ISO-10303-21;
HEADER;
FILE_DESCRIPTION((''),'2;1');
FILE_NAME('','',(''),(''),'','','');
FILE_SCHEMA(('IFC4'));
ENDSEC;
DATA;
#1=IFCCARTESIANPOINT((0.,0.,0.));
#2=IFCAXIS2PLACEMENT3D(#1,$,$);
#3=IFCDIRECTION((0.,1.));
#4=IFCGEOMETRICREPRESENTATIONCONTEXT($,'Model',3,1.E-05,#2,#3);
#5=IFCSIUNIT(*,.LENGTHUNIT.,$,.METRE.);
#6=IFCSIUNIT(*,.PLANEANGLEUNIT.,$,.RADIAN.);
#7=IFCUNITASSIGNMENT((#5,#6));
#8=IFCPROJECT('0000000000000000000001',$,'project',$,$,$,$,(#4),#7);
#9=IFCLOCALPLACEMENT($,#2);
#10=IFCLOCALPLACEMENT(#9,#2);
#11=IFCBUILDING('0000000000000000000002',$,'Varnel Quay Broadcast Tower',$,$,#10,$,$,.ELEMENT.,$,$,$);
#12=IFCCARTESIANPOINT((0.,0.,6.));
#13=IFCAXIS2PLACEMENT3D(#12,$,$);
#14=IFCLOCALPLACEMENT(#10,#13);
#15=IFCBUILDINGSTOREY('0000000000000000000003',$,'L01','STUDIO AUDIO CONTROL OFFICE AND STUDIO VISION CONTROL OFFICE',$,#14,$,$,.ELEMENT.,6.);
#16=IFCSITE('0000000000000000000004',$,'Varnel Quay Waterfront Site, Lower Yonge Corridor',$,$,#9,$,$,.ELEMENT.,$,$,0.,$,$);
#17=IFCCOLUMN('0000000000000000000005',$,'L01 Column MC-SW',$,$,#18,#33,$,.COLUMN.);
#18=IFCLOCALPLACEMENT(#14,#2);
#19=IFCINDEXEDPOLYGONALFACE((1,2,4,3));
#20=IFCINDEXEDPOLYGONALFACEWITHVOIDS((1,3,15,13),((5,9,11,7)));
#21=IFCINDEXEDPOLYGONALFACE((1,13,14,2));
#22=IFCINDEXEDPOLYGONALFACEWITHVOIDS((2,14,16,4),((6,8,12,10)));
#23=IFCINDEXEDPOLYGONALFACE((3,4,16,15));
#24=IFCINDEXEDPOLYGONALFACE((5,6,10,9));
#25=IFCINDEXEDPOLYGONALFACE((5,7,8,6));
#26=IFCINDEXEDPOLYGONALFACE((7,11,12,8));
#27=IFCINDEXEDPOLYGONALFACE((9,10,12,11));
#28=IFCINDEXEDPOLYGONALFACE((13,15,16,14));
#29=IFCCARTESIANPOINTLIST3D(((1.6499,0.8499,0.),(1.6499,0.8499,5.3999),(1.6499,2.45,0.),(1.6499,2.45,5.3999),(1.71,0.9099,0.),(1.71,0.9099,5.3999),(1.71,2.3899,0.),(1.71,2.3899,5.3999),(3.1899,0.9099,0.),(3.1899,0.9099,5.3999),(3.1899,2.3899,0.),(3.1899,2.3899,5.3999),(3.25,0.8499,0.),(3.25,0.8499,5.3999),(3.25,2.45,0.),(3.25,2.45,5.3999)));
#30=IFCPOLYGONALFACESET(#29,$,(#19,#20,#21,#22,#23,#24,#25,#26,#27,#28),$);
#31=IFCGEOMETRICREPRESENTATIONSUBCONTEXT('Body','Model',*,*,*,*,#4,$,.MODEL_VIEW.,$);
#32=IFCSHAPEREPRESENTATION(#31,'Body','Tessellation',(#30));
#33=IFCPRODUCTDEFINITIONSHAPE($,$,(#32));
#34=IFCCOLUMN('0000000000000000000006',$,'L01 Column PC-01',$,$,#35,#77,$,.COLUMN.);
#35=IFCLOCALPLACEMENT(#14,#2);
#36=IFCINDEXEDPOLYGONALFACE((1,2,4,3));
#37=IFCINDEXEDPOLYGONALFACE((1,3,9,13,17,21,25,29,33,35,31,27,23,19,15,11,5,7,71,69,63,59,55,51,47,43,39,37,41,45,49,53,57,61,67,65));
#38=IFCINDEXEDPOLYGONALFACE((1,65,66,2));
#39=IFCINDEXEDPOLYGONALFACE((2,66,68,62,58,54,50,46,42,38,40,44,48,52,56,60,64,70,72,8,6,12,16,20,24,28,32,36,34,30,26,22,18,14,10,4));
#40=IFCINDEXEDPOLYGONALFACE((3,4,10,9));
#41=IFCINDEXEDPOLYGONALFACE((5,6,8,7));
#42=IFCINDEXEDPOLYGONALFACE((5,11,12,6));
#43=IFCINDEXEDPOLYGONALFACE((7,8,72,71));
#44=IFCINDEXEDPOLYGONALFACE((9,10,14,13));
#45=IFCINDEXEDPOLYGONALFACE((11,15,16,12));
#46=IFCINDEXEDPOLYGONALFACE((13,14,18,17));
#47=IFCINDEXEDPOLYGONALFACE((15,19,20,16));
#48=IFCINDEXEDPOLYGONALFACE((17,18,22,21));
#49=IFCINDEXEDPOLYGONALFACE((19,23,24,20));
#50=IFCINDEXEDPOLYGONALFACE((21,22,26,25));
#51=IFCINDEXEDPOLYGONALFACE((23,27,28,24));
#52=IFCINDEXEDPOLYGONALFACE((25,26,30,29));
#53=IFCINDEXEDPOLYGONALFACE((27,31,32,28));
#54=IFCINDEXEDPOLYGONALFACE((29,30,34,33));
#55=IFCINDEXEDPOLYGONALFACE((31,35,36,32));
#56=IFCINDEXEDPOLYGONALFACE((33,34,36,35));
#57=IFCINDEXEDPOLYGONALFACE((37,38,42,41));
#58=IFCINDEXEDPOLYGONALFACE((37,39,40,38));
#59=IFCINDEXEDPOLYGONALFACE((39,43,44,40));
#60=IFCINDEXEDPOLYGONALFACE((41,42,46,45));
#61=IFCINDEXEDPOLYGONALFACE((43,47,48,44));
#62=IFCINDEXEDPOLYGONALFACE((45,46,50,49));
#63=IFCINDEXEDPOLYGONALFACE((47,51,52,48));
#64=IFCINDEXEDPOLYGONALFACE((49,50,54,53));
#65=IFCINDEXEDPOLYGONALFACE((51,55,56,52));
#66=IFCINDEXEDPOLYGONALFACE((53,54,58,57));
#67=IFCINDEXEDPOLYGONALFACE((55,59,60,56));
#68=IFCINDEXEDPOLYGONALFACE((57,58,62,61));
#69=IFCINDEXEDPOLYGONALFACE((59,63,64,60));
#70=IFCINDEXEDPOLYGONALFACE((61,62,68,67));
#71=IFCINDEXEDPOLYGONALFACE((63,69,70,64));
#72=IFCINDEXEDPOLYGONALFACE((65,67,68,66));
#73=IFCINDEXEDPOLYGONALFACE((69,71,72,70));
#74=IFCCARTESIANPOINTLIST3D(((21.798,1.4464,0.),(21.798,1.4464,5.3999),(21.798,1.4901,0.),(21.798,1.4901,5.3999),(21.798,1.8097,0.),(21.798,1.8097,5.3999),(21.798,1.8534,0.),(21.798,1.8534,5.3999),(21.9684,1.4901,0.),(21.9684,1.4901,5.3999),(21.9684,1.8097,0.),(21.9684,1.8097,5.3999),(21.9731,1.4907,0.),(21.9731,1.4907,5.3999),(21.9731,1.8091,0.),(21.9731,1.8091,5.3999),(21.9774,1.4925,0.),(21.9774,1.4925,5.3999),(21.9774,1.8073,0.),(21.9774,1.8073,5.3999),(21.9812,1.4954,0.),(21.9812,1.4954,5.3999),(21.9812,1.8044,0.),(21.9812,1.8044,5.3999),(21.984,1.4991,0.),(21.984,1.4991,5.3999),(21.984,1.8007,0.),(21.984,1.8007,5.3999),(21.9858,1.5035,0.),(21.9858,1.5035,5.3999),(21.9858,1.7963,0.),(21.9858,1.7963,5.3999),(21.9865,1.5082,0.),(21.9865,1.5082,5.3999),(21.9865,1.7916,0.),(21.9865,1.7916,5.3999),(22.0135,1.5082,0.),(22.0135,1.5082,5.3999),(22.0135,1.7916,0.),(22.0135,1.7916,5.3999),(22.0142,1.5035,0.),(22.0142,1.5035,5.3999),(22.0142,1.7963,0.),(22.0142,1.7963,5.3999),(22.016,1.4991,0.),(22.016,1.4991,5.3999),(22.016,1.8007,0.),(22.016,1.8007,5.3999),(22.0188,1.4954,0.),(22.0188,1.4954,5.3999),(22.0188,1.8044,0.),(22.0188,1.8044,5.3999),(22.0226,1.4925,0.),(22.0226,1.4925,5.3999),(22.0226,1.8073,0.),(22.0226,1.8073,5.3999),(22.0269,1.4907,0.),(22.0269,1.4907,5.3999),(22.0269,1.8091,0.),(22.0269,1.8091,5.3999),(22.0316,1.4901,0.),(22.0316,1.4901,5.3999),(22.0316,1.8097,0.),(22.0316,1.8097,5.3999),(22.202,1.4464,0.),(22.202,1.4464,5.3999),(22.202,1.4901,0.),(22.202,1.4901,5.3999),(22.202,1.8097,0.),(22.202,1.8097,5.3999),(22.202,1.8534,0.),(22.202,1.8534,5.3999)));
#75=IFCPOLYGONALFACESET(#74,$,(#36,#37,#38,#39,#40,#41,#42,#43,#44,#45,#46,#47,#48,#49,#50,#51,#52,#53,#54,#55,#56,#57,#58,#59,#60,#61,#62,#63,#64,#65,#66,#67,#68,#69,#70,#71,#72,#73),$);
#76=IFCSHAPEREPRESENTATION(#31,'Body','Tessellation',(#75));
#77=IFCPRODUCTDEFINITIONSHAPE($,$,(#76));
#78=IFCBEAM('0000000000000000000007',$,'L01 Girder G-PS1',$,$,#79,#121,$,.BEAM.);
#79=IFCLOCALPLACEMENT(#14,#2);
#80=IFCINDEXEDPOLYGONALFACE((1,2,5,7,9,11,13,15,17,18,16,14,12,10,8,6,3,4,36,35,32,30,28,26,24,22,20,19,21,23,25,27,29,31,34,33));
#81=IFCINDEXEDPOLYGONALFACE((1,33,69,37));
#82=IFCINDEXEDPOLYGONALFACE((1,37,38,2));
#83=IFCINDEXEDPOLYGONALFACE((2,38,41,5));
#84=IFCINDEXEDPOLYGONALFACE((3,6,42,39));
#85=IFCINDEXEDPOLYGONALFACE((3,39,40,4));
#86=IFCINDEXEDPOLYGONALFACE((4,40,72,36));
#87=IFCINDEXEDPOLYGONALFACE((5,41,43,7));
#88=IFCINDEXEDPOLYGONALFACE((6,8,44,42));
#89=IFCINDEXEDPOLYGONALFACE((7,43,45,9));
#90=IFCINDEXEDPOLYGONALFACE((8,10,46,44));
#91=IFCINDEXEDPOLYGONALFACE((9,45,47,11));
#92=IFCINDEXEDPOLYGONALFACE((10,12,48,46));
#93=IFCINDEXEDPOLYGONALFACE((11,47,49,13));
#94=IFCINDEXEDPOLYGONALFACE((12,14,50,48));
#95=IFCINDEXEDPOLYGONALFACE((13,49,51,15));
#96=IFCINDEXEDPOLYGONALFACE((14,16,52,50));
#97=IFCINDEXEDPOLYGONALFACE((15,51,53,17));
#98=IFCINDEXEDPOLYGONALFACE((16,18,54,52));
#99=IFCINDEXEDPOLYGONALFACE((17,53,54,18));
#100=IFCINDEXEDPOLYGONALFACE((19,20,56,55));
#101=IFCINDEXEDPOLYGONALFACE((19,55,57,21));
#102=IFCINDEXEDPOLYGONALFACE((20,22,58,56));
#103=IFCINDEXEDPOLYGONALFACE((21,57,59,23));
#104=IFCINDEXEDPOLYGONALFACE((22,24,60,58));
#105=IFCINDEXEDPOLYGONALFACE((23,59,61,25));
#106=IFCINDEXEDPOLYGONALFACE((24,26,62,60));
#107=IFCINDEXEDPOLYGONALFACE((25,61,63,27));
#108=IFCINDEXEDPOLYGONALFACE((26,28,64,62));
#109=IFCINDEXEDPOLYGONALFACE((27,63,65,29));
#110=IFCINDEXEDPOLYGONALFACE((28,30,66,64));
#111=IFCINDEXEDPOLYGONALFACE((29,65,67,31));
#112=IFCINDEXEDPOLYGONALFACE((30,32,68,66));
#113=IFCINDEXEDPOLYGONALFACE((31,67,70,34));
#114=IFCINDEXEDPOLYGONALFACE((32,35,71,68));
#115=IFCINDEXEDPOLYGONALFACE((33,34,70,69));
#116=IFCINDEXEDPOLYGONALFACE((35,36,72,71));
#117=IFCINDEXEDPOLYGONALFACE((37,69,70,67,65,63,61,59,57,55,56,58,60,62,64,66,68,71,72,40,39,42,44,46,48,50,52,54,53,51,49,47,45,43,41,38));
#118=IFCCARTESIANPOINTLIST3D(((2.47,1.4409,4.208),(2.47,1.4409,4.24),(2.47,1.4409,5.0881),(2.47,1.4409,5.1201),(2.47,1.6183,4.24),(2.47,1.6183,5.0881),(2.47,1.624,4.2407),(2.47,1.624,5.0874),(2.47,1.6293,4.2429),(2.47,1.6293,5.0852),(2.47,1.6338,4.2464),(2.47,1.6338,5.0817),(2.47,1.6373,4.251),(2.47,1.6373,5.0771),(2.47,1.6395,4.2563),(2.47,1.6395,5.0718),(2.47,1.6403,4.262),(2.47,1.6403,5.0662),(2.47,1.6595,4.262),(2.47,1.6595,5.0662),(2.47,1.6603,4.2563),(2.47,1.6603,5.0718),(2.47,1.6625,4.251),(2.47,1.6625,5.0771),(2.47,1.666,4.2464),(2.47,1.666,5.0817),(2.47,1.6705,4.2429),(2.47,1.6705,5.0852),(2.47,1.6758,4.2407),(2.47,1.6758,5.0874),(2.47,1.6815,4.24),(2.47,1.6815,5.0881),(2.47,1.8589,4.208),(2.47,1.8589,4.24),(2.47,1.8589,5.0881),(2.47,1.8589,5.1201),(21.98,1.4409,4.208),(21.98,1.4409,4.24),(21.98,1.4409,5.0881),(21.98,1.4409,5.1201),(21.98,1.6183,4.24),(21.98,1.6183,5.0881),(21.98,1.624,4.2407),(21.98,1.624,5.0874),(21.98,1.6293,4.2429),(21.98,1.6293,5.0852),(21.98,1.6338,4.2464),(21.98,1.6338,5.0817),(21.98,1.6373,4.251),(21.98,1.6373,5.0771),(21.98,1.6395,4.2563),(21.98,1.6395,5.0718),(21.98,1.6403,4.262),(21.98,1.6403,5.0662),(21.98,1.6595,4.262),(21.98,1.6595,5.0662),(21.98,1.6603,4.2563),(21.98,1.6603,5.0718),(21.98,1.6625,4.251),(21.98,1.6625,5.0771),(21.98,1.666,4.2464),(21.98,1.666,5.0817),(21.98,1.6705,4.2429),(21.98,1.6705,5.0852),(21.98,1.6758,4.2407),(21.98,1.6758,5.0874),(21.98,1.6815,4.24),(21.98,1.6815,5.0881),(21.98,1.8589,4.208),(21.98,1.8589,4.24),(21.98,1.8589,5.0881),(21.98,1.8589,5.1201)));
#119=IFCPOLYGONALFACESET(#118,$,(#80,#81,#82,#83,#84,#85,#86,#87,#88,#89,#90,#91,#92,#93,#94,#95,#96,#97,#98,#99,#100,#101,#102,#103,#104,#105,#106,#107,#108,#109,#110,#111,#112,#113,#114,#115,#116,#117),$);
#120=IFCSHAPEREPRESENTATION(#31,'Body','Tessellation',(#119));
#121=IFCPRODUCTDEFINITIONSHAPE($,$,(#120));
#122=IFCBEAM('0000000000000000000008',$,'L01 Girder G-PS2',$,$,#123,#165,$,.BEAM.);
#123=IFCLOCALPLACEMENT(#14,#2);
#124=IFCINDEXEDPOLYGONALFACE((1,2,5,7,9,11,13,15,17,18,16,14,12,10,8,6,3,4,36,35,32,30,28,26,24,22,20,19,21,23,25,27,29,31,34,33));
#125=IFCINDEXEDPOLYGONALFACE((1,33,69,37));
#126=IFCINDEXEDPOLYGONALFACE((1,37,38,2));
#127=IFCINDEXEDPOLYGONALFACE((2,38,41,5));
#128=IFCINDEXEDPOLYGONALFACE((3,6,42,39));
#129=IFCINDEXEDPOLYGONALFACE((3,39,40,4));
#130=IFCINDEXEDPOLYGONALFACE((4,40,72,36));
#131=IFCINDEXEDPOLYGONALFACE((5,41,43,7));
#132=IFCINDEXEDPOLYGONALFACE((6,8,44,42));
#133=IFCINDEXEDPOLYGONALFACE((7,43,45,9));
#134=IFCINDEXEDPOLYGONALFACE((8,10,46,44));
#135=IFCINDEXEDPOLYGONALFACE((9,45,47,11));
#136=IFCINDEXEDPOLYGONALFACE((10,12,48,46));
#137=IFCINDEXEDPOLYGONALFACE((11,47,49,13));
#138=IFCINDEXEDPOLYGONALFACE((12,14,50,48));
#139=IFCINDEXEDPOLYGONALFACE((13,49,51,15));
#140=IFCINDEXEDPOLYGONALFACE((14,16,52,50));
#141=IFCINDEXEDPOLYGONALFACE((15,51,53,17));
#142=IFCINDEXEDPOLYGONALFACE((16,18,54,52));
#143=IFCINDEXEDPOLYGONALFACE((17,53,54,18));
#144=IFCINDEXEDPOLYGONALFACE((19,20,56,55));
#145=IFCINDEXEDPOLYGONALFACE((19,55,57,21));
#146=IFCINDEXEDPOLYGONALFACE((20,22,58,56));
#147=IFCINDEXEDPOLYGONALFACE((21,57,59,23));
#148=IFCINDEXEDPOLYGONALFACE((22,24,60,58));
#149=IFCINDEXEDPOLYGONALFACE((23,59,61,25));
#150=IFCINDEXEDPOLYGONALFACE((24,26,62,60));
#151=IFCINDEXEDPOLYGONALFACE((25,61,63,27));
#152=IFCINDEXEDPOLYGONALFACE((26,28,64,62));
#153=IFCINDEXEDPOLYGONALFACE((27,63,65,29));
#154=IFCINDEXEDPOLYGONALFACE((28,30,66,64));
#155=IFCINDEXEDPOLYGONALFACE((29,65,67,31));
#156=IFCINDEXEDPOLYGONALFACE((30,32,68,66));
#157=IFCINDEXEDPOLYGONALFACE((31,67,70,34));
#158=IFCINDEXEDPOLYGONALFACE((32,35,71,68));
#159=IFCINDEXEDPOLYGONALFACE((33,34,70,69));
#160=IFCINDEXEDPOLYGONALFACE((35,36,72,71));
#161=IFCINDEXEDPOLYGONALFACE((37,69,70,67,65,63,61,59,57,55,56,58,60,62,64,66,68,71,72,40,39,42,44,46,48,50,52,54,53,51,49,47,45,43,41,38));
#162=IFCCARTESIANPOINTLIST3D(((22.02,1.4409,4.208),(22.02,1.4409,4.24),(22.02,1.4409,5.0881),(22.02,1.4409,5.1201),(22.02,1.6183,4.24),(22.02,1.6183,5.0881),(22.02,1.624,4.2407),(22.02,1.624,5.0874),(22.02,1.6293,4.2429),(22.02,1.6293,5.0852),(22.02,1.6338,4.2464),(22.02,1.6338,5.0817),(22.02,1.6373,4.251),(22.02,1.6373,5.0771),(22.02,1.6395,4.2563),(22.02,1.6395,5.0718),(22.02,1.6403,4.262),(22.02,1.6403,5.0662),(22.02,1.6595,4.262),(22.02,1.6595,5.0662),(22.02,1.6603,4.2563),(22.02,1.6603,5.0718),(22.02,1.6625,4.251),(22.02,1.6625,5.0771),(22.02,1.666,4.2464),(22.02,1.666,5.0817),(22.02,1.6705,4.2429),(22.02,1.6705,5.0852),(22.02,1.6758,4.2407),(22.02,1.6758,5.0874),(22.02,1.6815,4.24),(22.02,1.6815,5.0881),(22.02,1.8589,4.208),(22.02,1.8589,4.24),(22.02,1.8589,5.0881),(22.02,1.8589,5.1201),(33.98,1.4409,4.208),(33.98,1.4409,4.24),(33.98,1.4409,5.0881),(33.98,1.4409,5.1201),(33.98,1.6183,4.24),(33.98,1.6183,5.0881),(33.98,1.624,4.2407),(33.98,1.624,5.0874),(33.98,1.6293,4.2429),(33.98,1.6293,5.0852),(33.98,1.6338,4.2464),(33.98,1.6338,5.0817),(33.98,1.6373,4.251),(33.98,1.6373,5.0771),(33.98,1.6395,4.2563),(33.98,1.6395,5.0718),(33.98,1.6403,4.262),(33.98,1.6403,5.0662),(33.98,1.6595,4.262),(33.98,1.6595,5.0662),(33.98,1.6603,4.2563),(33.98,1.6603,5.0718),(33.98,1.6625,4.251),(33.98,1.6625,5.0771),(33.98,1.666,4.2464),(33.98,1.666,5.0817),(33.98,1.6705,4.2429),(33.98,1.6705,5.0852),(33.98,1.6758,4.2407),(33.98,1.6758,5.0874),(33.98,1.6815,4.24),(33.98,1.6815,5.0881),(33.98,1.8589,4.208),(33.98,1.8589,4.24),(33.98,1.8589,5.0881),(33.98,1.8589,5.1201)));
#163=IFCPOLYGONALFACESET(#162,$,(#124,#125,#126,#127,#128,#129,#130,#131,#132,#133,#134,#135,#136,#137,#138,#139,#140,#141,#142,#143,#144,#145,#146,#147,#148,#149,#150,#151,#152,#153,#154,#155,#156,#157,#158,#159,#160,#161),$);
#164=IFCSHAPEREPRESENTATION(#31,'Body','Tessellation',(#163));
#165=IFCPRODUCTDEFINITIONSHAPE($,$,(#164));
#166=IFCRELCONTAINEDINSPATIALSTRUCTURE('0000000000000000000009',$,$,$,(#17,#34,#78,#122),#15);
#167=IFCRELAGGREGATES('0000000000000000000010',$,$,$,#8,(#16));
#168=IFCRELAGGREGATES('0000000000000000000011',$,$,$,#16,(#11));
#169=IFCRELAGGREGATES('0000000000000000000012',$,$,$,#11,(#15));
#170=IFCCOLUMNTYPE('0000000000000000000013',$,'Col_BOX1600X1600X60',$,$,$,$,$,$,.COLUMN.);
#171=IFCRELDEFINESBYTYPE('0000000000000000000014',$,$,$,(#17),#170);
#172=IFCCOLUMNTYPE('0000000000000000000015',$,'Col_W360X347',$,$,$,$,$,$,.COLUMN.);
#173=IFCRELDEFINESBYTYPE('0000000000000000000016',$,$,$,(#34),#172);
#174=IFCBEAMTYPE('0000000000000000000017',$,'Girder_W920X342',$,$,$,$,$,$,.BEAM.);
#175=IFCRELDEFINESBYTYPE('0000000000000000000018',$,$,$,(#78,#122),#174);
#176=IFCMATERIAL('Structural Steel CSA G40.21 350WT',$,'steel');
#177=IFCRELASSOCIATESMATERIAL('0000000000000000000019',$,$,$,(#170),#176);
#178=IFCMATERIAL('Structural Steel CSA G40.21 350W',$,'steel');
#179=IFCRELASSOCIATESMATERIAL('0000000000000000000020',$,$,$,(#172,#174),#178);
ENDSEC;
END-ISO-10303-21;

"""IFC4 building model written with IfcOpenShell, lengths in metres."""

from ifc_helpers import new_model, si_unit, direction, frame, origin, origin_2d, place, context, subcontext, project, spatial, hollow_rectangle, i_section, extrude, source, transform, mapped, material, material_profile, profile_set, type_object, type_shapes, element, save


model = new_model("IFC4")

# Units and contexts
model_context = context("Model", 3, precision=1e-05, world=origin(), true_north=direction((0.0, 1.0)))
body_context = subcontext(model_context, "Body", "Model", "MODEL_VIEW")
ifc_project = project(units=[si_unit("LENGTHUNIT", "METRE"), si_unit("PLANEANGLEUNIT", "RADIAN")], contexts=[model_context])

# Site, building, storey
site_placement = place(None, origin())
site = spatial("IfcSite", under=ifc_project, at=site_placement, Name="Varnel Quay Waterfront Site, Lower Yonge Corridor", CompositionType="ELEMENT", RefElevation=0.0)
building_placement = place(site_placement, origin())
building = spatial("IfcBuilding", under=site, at=building_placement, Name="Varnel Quay Broadcast Tower", CompositionType="ELEMENT")
storey_placement = place(building_placement, frame((0.0, 0.0, 6.0)))
storey = spatial("IfcBuildingStorey", under=building, at=storey_placement, Name="L01", Description="STUDIO AUDIO CONTROL OFFICE AND STUDIO VISION CONTROL OFFICE", CompositionType="ELEMENT", Elevation=6.0)

# Columns
ifc_material_1 = material(Name="Structural Steel CSA G40.21 350WT", Category="steel")
ifc_material_profile_1 = material_profile(ifc_material_1, hollow_rectangle(XDim=1.6001, YDim=1.6001, WallThickness=0.0601, at=origin_2d()), Name="BOX1600X1600X60")
ifc_profile_set_1 = profile_set([ifc_material_profile_1], Name="Structural Steel CSA G40.21 350WT")
column_type_1 = type_object("IfcColumnType", Name="Col_BOX1600X1600X60", PredefinedType="COLUMN", material=ifc_profile_set_1)
shared_shape_1 = source(origin(), body_context, "Body", "SweptSolid", [
    extrude(hollow_rectangle(XDim=1.6001, YDim=1.6001, WallThickness=0.0601, at=origin_2d()), origin(), (0.0, 0.0, 1.0), 5.3999),
])
type_shapes(column_type_1, [shared_shape_1])
column_1_placement = place(storey_placement, frame((2.45, 1.6499, 0.0), z_axis=(0.0, 0.0, 1.0), x_axis=(1.0, 0.0, 0.0)))
element("IfcColumn", 1, at=column_1_placement, inside=storey, type_object=column_type_1, Name="L01 Column MC-SW", PredefinedType="COLUMN", context=body_context, shape_type="MappedRepresentation", body=[
    mapped(shared_shape_1, transform((0.0, 0.0, 0.0), x_axis=(1.0, 0.0, 0.0), y_axis=(0.0, 1.0, 0.0), z_axis=(0.0, 0.0, 1.0), scale=1.0)),
])
ifc_material_2 = material(Name="Structural Steel CSA G40.21 350W", Category="steel")
ifc_material_profile_2 = material_profile(ifc_material_2, i_section(OverallWidth=0.4041, OverallDepth=0.407, WebThickness=0.0271, FlangeThickness=0.0437, FilletRadius=0.0181, at=origin_2d()), Name="W360X347")
ifc_profile_set_2 = profile_set([ifc_material_profile_2], Name="Structural Steel CSA G40.21 350W")
column_type_2 = type_object("IfcColumnType", Name="Col_W360X347", PredefinedType="COLUMN", material=ifc_profile_set_2)
shared_shape_2 = source(origin(), body_context, "Body", "SweptSolid", [
    extrude(i_section(OverallWidth=0.4041, OverallDepth=0.407, WebThickness=0.0271, FlangeThickness=0.0437, FilletRadius=0.0181, at=origin_2d()), origin(), (0.0, 0.0, 1.0), 5.3999),
])
type_shapes(column_type_2, [shared_shape_2])
column_2_placement = place(storey_placement, frame((22.0, 1.6499, 0.0), z_axis=(0.0, 0.0, 1.0), x_axis=(1.0, 0.0, 0.0)))
element("IfcColumn", 2, at=column_2_placement, inside=storey, type_object=column_type_2, Name="L01 Column PC-01", PredefinedType="COLUMN", context=body_context, shape_type="MappedRepresentation", body=[
    mapped(shared_shape_2, transform((0.0, 0.0, 0.0), x_axis=(1.0, 0.0, 0.0), y_axis=(0.0, 1.0, 0.0), z_axis=(0.0, 0.0, 1.0), scale=1.0)),
])

# Beams
ifc_material_profile_3 = material_profile(ifc_material_2, i_section(OverallWidth=0.418, OverallDepth=0.9121, WebThickness=0.0193, FlangeThickness=0.032, FilletRadius=0.022, at=origin_2d()), Name="W920X342")
ifc_profile_set_3 = profile_set([ifc_material_profile_3], Name="Structural Steel CSA G40.21 350W")
beam_type = type_object("IfcBeamType", Name="Girder_W920X342", PredefinedType="BEAM", material=ifc_profile_set_3)
shared_shape_3 = source(origin(), body_context, "Body", "SweptSolid", [
    extrude(i_section(OverallWidth=0.418, OverallDepth=0.9121, WebThickness=0.0193, FlangeThickness=0.032, FilletRadius=0.022, at=origin_2d()), origin(), (0.0, 0.0, 1.0), 19.51),
])
beam_1_placement = place(storey_placement, frame((2.47, 1.6499, 4.6641), z_axis=(1.0, 0.0, 0.0), x_axis=(0.0, 1.0, 0.0)))
element("IfcBeam", 3, at=beam_1_placement, inside=storey, type_object=beam_type, Name="L01 Girder G-PS1", PredefinedType="BEAM", context=body_context, shape_type="MappedRepresentation", body=[
    mapped(shared_shape_3, transform((0.0, 0.0, 0.0), x_axis=(1.0, 0.0, 0.0), y_axis=(0.0, 1.0, 0.0), z_axis=(0.0, 0.0, 1.0), scale=1.0)),
])
shared_shape_4 = source(origin(), body_context, "Body", "SweptSolid", [
    extrude(i_section(OverallWidth=0.418, OverallDepth=0.9121, WebThickness=0.0193, FlangeThickness=0.032, FilletRadius=0.022, at=origin_2d()), origin(), (0.0, 0.0, 1.0), 11.96),
])
beam_2_placement = place(storey_placement, frame((22.02, 1.6499, 4.6641), z_axis=(1.0, 0.0, 0.0), x_axis=(0.0, 1.0, 0.0)))
element("IfcBeam", 4, at=beam_2_placement, inside=storey, type_object=beam_type, Name="L01 Girder G-PS2", PredefinedType="BEAM", context=body_context, shape_type="MappedRepresentation", body=[
    mapped(shared_shape_4, transform((0.0, 0.0, 0.0), x_axis=(1.0, 0.0, 0.0), y_axis=(0.0, 1.0, 0.0), z_axis=(0.0, 0.0, 1.0), scale=1.0)),
])

save(model, "model.ifc")
